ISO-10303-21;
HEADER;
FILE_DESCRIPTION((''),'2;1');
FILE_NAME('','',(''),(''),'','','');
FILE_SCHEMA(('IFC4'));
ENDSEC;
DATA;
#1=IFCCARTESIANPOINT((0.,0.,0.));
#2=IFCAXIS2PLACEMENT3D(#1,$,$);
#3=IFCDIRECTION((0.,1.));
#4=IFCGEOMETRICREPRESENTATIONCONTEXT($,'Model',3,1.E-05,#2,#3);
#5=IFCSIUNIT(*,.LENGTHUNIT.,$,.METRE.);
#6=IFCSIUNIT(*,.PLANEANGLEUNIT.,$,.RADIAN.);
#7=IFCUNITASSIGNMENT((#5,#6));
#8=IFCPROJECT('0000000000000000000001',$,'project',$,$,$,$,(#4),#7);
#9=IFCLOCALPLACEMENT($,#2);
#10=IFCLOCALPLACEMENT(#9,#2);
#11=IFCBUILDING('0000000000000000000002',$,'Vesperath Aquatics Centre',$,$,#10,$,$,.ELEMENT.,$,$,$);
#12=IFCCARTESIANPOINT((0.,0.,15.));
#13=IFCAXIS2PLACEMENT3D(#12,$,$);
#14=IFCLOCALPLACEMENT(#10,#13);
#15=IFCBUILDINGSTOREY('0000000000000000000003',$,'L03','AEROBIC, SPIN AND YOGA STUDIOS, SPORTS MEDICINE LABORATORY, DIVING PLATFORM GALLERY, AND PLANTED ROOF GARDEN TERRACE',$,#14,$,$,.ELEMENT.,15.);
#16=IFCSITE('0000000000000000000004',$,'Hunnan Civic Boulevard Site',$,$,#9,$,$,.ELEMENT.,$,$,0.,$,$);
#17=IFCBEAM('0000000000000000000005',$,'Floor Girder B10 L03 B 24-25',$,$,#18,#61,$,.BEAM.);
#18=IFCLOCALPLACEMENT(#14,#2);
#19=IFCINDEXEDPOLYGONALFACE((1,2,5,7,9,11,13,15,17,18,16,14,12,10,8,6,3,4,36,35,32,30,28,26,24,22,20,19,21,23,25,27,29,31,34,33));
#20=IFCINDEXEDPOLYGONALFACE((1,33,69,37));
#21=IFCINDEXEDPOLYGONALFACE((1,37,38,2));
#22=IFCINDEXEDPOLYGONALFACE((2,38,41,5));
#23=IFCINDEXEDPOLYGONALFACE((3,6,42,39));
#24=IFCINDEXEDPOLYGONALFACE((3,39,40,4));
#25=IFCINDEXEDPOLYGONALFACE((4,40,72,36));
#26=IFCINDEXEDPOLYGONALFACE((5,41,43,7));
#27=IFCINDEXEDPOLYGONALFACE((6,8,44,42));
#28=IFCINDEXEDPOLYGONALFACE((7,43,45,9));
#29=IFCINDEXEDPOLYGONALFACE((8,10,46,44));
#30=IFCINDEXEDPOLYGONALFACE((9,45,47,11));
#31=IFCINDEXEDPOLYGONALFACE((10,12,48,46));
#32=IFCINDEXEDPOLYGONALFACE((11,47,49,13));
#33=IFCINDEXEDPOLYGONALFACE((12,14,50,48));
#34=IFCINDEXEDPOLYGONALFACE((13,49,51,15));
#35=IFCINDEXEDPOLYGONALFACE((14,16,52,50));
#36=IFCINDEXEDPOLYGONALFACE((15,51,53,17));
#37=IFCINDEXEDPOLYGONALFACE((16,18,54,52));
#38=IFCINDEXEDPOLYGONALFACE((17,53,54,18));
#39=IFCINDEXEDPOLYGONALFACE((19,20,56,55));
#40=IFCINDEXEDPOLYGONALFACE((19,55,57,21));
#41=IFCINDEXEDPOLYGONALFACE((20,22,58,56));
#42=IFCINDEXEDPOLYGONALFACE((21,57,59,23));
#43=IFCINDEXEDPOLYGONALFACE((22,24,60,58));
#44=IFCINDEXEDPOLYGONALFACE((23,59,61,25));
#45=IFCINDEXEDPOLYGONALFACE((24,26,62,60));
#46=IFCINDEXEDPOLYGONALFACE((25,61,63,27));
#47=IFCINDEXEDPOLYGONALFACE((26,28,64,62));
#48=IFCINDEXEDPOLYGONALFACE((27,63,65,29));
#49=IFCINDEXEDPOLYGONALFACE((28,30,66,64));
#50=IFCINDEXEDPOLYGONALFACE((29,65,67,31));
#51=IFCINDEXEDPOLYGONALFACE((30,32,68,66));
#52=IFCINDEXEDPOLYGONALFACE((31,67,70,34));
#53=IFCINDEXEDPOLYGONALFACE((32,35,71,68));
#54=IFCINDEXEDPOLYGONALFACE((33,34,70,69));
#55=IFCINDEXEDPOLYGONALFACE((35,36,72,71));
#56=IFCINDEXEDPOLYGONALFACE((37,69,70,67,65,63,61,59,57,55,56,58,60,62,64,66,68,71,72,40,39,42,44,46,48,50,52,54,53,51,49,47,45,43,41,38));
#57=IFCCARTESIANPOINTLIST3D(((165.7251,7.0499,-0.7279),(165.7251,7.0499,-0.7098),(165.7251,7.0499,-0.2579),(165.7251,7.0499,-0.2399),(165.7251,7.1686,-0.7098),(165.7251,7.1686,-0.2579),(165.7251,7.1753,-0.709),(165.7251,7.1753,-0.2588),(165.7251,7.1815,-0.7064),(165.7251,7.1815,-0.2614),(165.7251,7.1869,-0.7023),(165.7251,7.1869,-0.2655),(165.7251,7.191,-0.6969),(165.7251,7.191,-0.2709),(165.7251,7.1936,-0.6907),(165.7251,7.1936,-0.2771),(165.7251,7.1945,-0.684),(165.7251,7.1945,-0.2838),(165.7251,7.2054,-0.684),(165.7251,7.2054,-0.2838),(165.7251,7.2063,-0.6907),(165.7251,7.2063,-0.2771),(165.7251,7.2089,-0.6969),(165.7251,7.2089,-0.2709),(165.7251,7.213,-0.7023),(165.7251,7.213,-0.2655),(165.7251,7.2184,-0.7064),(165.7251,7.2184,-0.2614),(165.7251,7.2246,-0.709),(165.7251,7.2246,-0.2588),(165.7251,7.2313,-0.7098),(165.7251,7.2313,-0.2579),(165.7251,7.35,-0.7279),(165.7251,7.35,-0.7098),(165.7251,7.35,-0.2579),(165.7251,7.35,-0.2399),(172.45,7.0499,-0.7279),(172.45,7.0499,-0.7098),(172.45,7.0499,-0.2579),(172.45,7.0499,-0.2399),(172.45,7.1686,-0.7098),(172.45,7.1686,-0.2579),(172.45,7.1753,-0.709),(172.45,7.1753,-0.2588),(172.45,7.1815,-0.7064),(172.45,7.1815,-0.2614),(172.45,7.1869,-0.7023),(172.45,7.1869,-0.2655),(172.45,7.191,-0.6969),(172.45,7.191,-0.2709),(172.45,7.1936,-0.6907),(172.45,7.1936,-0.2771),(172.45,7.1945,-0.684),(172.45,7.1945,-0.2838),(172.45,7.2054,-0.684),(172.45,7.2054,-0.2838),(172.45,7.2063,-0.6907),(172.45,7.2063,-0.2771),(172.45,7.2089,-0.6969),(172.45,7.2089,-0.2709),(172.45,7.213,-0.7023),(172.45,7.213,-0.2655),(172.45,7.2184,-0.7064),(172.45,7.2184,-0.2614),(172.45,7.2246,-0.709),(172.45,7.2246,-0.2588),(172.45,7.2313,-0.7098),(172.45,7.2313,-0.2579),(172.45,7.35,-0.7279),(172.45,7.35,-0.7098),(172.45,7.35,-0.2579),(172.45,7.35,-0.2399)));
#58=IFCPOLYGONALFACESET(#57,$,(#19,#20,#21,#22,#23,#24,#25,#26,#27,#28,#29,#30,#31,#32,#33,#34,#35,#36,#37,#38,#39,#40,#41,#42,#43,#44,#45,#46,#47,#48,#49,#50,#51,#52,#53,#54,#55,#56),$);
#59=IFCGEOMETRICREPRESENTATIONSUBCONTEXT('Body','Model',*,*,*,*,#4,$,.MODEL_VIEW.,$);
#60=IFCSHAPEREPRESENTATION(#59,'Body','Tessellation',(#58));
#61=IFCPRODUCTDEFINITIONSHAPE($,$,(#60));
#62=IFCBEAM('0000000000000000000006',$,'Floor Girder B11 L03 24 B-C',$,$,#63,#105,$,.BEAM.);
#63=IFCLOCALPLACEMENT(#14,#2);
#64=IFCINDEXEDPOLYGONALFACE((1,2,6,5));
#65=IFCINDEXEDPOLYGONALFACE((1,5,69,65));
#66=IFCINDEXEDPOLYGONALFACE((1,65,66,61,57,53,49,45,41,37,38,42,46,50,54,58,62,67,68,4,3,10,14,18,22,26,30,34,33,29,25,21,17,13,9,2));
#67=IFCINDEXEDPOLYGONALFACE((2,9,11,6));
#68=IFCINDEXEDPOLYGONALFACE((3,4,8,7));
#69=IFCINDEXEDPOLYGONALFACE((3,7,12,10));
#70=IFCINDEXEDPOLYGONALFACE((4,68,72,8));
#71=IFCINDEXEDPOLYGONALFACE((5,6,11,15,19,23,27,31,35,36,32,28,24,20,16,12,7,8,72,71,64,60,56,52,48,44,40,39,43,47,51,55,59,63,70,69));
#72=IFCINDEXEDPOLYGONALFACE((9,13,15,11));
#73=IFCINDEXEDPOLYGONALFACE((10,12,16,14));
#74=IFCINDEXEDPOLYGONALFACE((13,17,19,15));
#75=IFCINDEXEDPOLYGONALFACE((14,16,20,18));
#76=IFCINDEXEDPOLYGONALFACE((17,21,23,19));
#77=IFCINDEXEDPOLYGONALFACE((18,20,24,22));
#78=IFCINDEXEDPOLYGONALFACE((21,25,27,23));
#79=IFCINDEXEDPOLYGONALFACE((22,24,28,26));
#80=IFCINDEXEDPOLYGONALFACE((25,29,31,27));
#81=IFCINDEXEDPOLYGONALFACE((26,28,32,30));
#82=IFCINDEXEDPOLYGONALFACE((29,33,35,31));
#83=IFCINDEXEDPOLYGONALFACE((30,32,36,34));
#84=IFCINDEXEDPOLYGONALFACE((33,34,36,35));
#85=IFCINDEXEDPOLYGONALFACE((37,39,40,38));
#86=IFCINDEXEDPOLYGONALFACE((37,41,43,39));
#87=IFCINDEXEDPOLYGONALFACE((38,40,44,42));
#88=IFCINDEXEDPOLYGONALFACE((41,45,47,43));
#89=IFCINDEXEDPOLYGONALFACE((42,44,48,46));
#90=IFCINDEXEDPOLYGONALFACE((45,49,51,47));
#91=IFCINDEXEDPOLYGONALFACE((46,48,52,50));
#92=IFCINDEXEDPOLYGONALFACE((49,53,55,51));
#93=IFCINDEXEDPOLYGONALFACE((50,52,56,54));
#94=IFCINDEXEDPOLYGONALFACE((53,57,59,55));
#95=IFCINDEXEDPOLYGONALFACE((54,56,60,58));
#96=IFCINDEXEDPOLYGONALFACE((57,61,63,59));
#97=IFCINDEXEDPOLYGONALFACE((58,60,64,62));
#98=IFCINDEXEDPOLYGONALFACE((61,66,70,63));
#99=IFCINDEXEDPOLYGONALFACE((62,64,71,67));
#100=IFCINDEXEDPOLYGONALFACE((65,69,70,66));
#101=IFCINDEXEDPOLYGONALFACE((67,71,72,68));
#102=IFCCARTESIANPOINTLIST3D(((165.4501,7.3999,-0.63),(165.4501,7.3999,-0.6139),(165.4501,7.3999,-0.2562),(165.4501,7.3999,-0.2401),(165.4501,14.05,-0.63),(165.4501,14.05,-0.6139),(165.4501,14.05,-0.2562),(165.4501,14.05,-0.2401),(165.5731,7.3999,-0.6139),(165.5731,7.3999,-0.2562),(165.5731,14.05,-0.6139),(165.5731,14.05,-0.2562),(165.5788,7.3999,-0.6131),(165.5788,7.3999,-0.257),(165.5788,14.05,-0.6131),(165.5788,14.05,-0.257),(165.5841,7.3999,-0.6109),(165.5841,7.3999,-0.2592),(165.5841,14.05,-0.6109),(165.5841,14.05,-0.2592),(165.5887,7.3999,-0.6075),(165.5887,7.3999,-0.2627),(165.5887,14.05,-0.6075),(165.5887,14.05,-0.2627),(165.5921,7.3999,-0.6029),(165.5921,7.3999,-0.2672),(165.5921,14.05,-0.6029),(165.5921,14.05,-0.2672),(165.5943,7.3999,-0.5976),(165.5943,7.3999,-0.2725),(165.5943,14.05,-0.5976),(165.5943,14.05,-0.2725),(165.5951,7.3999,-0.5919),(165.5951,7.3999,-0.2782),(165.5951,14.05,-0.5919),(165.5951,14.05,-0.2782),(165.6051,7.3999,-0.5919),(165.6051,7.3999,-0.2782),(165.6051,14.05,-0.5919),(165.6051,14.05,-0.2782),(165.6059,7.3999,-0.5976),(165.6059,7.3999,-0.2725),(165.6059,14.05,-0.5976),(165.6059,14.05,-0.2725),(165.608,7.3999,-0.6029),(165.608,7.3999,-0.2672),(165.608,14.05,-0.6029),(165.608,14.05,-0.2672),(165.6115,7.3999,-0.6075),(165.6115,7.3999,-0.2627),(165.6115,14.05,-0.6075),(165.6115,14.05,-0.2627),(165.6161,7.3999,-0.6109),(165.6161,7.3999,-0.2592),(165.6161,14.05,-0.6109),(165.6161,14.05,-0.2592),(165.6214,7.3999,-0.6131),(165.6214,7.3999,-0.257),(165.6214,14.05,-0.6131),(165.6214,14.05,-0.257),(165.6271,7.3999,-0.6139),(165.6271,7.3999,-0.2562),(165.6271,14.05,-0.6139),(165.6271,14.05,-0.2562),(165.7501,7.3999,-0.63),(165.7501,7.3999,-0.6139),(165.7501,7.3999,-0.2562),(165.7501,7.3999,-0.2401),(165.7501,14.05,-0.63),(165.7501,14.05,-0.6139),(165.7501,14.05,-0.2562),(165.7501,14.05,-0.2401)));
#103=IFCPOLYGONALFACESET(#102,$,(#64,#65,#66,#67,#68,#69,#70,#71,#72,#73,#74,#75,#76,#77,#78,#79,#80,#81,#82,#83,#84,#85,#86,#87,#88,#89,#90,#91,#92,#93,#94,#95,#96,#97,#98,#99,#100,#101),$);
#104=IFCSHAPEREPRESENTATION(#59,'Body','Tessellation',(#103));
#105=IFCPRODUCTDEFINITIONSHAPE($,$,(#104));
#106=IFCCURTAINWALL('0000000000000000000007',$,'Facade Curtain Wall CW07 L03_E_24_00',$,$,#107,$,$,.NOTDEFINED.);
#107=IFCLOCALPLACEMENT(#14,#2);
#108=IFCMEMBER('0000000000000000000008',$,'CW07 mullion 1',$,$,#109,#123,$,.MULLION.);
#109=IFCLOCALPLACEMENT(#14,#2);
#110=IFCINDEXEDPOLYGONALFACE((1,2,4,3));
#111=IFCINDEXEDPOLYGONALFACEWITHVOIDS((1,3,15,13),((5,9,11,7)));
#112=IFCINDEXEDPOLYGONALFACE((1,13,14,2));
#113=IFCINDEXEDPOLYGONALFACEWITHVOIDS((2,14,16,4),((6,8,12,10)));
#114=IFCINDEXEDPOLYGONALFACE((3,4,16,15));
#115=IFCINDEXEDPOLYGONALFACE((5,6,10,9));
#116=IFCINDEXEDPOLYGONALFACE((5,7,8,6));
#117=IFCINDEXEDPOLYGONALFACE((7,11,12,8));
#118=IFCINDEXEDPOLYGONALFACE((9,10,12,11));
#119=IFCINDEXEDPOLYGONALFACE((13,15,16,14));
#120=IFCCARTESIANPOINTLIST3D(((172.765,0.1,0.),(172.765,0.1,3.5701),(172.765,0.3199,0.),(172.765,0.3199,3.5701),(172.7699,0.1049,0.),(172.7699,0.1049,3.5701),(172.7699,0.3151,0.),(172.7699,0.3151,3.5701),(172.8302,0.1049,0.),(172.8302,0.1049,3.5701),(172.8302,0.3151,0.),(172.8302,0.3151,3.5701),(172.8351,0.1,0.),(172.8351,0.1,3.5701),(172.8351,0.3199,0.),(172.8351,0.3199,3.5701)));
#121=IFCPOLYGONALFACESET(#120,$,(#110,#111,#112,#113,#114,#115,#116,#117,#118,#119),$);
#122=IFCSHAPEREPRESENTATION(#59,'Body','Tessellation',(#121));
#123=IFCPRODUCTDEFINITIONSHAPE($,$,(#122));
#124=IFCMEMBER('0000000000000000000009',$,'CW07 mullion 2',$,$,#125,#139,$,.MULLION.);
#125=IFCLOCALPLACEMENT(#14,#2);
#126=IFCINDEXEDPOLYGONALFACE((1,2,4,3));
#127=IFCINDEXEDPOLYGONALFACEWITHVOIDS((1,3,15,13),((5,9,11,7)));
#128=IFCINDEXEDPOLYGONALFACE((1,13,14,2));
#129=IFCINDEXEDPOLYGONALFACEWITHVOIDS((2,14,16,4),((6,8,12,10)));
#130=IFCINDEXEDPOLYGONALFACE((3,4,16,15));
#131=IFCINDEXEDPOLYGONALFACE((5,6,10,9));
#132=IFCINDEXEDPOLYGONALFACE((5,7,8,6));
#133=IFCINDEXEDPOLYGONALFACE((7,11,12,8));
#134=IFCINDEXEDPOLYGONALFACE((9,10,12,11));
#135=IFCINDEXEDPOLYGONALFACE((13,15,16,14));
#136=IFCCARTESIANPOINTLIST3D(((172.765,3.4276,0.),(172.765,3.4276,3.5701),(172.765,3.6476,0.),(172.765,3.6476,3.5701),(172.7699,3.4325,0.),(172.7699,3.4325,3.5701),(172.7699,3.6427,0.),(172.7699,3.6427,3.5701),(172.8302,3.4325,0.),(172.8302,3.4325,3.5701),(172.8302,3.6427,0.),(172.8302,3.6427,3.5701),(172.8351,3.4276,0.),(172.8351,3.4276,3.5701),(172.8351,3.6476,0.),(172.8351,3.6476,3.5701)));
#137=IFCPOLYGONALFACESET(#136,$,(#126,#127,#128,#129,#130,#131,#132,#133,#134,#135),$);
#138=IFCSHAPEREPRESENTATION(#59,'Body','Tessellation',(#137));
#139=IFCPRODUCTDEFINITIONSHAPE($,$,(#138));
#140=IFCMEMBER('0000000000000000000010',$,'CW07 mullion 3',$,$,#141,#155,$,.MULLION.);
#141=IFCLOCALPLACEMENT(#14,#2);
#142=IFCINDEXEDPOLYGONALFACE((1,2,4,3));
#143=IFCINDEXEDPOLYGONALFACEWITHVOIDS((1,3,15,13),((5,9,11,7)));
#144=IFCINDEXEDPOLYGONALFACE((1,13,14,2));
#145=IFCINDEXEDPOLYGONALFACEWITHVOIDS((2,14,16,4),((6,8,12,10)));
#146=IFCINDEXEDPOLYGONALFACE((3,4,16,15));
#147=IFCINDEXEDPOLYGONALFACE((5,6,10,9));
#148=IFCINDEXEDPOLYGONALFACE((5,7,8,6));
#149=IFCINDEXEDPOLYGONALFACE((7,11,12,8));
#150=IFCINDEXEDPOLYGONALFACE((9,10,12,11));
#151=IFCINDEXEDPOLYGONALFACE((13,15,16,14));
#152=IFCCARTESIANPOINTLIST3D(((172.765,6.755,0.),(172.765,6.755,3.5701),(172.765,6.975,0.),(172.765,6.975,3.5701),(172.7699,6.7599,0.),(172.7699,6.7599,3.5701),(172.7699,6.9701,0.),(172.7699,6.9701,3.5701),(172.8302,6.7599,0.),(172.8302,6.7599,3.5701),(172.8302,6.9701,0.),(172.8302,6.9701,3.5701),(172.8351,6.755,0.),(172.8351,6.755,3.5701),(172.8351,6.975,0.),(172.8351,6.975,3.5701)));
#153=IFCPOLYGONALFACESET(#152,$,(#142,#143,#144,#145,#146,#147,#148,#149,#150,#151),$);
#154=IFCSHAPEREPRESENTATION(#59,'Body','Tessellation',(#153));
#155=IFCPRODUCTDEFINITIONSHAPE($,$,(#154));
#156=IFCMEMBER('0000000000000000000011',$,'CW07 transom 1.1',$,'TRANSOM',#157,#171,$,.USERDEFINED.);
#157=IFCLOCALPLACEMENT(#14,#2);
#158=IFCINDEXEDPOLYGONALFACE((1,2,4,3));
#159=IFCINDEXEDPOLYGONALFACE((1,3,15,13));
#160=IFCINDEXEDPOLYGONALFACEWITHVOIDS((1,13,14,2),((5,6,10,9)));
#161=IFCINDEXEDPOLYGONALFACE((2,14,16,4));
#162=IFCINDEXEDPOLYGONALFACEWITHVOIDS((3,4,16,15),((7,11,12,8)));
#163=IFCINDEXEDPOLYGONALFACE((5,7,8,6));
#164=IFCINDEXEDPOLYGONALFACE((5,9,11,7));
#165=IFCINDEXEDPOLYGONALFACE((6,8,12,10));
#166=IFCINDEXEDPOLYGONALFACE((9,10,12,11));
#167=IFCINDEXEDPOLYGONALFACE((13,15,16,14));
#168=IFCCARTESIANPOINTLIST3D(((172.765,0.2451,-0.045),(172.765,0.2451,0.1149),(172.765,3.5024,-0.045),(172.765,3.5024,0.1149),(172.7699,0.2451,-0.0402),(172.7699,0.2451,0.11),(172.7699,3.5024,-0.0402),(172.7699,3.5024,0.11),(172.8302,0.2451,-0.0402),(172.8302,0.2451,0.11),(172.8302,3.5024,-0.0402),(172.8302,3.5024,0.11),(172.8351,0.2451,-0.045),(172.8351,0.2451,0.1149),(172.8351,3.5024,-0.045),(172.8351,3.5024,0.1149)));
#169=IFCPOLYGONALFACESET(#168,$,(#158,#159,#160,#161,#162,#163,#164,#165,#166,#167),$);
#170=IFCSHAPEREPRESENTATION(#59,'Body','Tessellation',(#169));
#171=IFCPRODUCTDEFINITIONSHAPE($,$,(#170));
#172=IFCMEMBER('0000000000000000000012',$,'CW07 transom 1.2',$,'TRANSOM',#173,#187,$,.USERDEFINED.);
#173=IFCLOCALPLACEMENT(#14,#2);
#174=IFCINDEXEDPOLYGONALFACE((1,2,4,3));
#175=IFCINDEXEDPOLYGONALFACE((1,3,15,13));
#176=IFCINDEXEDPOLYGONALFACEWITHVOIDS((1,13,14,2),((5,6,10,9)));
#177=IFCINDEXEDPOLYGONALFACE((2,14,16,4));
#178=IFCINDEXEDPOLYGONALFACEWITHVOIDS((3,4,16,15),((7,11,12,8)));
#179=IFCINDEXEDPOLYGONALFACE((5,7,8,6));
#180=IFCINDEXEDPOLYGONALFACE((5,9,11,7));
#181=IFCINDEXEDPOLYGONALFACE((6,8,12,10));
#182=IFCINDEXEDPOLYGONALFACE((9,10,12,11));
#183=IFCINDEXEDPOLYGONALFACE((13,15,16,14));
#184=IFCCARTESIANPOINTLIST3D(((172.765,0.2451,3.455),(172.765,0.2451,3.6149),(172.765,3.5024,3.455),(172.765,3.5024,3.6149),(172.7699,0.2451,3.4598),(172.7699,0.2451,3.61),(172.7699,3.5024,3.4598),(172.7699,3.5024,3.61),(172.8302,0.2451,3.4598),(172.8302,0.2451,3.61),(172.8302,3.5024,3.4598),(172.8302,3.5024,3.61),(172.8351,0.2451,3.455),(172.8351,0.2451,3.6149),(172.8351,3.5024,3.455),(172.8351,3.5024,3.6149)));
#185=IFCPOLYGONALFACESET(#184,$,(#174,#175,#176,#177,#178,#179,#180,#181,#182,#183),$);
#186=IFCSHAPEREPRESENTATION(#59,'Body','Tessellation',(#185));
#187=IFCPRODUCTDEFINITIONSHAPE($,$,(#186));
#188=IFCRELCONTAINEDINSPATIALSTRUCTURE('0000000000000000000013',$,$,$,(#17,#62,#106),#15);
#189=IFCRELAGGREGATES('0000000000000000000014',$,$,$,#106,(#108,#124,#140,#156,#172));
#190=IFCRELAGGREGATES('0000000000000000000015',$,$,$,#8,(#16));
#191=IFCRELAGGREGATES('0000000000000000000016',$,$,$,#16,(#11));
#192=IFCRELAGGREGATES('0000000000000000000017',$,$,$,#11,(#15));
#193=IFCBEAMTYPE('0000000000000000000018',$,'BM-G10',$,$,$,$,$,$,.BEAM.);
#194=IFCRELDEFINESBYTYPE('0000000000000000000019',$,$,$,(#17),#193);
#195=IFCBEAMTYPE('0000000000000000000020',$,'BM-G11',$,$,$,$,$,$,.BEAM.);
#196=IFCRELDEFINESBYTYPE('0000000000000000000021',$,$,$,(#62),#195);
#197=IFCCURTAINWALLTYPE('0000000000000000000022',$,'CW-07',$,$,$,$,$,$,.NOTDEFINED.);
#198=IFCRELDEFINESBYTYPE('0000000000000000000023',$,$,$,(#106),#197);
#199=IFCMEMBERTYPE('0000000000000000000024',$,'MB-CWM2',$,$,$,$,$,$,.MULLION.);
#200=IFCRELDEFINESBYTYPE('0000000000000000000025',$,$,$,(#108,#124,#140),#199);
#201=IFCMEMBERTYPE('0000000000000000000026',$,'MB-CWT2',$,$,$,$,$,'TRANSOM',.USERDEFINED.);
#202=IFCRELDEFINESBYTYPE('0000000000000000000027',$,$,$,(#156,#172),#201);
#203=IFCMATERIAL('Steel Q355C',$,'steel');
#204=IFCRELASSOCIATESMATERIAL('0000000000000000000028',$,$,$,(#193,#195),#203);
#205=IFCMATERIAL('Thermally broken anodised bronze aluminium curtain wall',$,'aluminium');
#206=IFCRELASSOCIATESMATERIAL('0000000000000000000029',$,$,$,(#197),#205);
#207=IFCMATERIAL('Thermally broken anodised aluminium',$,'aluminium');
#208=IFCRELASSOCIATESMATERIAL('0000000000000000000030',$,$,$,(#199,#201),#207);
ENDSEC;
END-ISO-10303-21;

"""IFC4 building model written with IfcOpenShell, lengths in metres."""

from ifc_helpers import new_model, si_unit, direction, frame, origin, origin_2d, place, context, subcontext, project, spatial, hollow_rectangle, i_section, extrude, material, material_profile, profile_set, type_object, element, aggregate, save


model = new_model("IFC4")

# Units and contexts
model_context = context("Model", 3, precision=1e-05, world=origin(), true_north=direction((0.0, 1.0)))
body_context = subcontext(model_context, "Body", "Model", "MODEL_VIEW")
ifc_project = project(units=[si_unit("LENGTHUNIT", "METRE"), si_unit("PLANEANGLEUNIT", "RADIAN")], contexts=[model_context])

# Site, building, storey
site_placement = place(None, origin())
site = spatial("IfcSite", under=ifc_project, at=site_placement, Name="Hunnan Civic Boulevard Site", CompositionType="ELEMENT", RefElevation=0.0)
building_placement = place(site_placement, origin())
building = spatial("IfcBuilding", under=site, at=building_placement, Name="Vesperath Aquatics Centre", CompositionType="ELEMENT")
storey_placement = place(building_placement, frame((0.0, 0.0, 15.0)))
storey = spatial("IfcBuildingStorey", under=building, at=storey_placement, Name="L03", Description="AEROBIC, SPIN AND YOGA STUDIOS, SPORTS MEDICINE LABORATORY, DIVING PLATFORM GALLERY, AND PLANTED ROOF GARDEN TERRACE", CompositionType="ELEMENT", Elevation=15.0)

# Shared definitions
ifc_material_1 = material(Name="Steel Q355C", Category="steel")

# Beams
ifc_material_profile_1 = material_profile(ifc_material_1, i_section(OverallWidth=0.3, OverallDepth=0.488, WebThickness=0.011, FlangeThickness=0.0181, FilletRadius=0.0259, at=origin_2d()), Name="HM 488x300x11x18")
ifc_profile_set_1 = profile_set([ifc_material_profile_1], Name="Steel Q355C")
beam_type_1 = type_object("IfcBeamType", Name="BM-G10", PredefinedType="BEAM", material=ifc_profile_set_1)
beam_1_placement = place(storey_placement, frame((165.7251, 7.2, -0.4839), z_axis=(1.0, 0.0, 0.0), x_axis=(0.0, 1.0, 0.0)))
element("IfcBeam", 1, at=beam_1_placement, inside=storey, type_object=beam_type_1, Name="Floor Girder B10 L03 B 24-25", PredefinedType="BEAM", context=body_context, shape_type="SweptSolid", body=[
    extrude(i_section(OverallWidth=0.3, OverallDepth=0.488, WebThickness=0.011, FlangeThickness=0.0181, FilletRadius=0.0259, at=origin_2d()), origin(), (0.0, 0.0, 1.0), 6.7249),
])
ifc_material_profile_2 = material_profile(ifc_material_1, i_section(OverallWidth=0.3, OverallDepth=0.3899, WebThickness=0.01, FlangeThickness=0.0161, FilletRadius=0.022, at=origin_2d()), Name="HM 390x300x10x16")
ifc_profile_set_2 = profile_set([ifc_material_profile_2], Name="Steel Q355C")
beam_type_2 = type_object("IfcBeamType", Name="BM-G11", PredefinedType="BEAM", material=ifc_profile_set_2)
beam_2_placement = place(storey_placement, frame((165.6001, 7.3999, -0.4351), z_axis=(0.0, 1.0, 0.0), x_axis=(-1.0, 0.0, 0.0)))
element("IfcBeam", 2, at=beam_2_placement, inside=storey, type_object=beam_type_2, Name="Floor Girder B11 L03 24 B-C", PredefinedType="BEAM", context=body_context, shape_type="SweptSolid", body=[
    extrude(i_section(OverallWidth=0.3, OverallDepth=0.3899, WebThickness=0.01, FlangeThickness=0.0161, FilletRadius=0.022, at=origin_2d()), origin(), (0.0, 0.0, 1.0), 6.6501),
])

# Curtain wall, members
ifc_material_2 = material(Name="Thermally broken anodised bronze aluminium curtain wall", Category="aluminium")
curtain_wall_type = type_object("IfcCurtainWallType", Name="CW-07", PredefinedType="NOTDEFINED", material=ifc_material_2)
curtain_wall_placement = place(storey_placement, origin())
curtain_wall = element("IfcCurtainWall", 3, at=curtain_wall_placement, inside=storey, type_object=curtain_wall_type, Name="Facade Curtain Wall CW07 L03_E_24_00", PredefinedType="NOTDEFINED")
ifc_material_3 = material(Name="Thermally broken anodised aluminium", Category="aluminium")
ifc_material_profile_3 = material_profile(ifc_material_3, hollow_rectangle(XDim=0.0701, YDim=0.22, WallThickness=0.0049, at=origin_2d()), Name="CWM 70x220x5")
ifc_profile_set_3 = profile_set([ifc_material_profile_3], Name="Thermally broken anodised aluminium")
member_type_1 = type_object("IfcMemberType", Name="MB-CWM2", PredefinedType="MULLION", material=ifc_profile_set_3)
member_1_placement = place(storey_placement, frame((172.8, 0.21, 0.0), z_axis=(0.0, 0.0, 1.0), x_axis=(-1.0, 0.0, 0.0)))
member_1 = element("IfcMember", 4, at=member_1_placement, type_object=member_type_1, Name="CW07 mullion 1", PredefinedType="MULLION", context=body_context, shape_type="SweptSolid", body=[
    extrude(hollow_rectangle(XDim=0.0701, YDim=0.22, WallThickness=0.0049, at=origin_2d()), origin(), (0.0, 0.0, 1.0), 3.5701),
])
member_2_placement = place(storey_placement, frame((172.8, 3.5376, 0.0), z_axis=(0.0, 0.0, 1.0), x_axis=(-1.0, 0.0, 0.0)))
member_2 = element("IfcMember", 5, at=member_2_placement, type_object=member_type_1, Name="CW07 mullion 2", PredefinedType="MULLION", context=body_context, shape_type="SweptSolid", body=[
    extrude(hollow_rectangle(XDim=0.0701, YDim=0.22, WallThickness=0.0049, at=origin_2d()), origin(), (0.0, 0.0, 1.0), 3.5701),
])
member_3_placement = place(storey_placement, frame((172.8, 6.865, 0.0), z_axis=(0.0, 0.0, 1.0), x_axis=(-1.0, 0.0, 0.0)))
member_3 = element("IfcMember", 6, at=member_3_placement, type_object=member_type_1, Name="CW07 mullion 3", PredefinedType="MULLION", context=body_context, shape_type="SweptSolid", body=[
    extrude(hollow_rectangle(XDim=0.0701, YDim=0.22, WallThickness=0.0049, at=origin_2d()), origin(), (0.0, 0.0, 1.0), 3.5701),
])
ifc_material_profile_4 = material_profile(ifc_material_3, hollow_rectangle(XDim=0.0701, YDim=0.1599, WallThickness=0.0049, at=origin_2d()), Name="CWT 70x160x5")
ifc_profile_set_4 = profile_set([ifc_material_profile_4], Name="Thermally broken anodised aluminium")
member_type_2 = type_object("IfcMemberType", Name="MB-CWT2", ElementType="TRANSOM", PredefinedType="USERDEFINED", material=ifc_profile_set_4)
member_4_placement = place(storey_placement, frame((172.8, 0.2451, 0.0349), z_axis=(0.0, 1.0, 0.0), x_axis=(-1.0, 0.0, 0.0)))
member_4 = element("IfcMember", 7, at=member_4_placement, type_object=member_type_2, Name="CW07 transom 1.1", ObjectType="TRANSOM", PredefinedType="USERDEFINED", context=body_context, shape_type="SweptSolid", body=[
    extrude(hollow_rectangle(XDim=0.0701, YDim=0.1599, WallThickness=0.0049, at=origin_2d()), origin(), (0.0, 0.0, 1.0), 3.2573),
])
member_5_placement = place(storey_placement, frame((172.8, 0.2451, 3.5349), z_axis=(0.0, 1.0, 0.0), x_axis=(-1.0, 0.0, 0.0)))
member_5 = element("IfcMember", 8, at=member_5_placement, type_object=member_type_2, Name="CW07 transom 1.2", ObjectType="TRANSOM", PredefinedType="USERDEFINED", context=body_context, shape_type="SweptSolid", body=[
    extrude(hollow_rectangle(XDim=0.0701, YDim=0.1599, WallThickness=0.0049, at=origin_2d()), origin(), (0.0, 0.0, 1.0), 3.2573),
])
aggregate(curtain_wall, [member_1, member_2, member_3, member_4, member_5])

save(model, "model.ifc")
